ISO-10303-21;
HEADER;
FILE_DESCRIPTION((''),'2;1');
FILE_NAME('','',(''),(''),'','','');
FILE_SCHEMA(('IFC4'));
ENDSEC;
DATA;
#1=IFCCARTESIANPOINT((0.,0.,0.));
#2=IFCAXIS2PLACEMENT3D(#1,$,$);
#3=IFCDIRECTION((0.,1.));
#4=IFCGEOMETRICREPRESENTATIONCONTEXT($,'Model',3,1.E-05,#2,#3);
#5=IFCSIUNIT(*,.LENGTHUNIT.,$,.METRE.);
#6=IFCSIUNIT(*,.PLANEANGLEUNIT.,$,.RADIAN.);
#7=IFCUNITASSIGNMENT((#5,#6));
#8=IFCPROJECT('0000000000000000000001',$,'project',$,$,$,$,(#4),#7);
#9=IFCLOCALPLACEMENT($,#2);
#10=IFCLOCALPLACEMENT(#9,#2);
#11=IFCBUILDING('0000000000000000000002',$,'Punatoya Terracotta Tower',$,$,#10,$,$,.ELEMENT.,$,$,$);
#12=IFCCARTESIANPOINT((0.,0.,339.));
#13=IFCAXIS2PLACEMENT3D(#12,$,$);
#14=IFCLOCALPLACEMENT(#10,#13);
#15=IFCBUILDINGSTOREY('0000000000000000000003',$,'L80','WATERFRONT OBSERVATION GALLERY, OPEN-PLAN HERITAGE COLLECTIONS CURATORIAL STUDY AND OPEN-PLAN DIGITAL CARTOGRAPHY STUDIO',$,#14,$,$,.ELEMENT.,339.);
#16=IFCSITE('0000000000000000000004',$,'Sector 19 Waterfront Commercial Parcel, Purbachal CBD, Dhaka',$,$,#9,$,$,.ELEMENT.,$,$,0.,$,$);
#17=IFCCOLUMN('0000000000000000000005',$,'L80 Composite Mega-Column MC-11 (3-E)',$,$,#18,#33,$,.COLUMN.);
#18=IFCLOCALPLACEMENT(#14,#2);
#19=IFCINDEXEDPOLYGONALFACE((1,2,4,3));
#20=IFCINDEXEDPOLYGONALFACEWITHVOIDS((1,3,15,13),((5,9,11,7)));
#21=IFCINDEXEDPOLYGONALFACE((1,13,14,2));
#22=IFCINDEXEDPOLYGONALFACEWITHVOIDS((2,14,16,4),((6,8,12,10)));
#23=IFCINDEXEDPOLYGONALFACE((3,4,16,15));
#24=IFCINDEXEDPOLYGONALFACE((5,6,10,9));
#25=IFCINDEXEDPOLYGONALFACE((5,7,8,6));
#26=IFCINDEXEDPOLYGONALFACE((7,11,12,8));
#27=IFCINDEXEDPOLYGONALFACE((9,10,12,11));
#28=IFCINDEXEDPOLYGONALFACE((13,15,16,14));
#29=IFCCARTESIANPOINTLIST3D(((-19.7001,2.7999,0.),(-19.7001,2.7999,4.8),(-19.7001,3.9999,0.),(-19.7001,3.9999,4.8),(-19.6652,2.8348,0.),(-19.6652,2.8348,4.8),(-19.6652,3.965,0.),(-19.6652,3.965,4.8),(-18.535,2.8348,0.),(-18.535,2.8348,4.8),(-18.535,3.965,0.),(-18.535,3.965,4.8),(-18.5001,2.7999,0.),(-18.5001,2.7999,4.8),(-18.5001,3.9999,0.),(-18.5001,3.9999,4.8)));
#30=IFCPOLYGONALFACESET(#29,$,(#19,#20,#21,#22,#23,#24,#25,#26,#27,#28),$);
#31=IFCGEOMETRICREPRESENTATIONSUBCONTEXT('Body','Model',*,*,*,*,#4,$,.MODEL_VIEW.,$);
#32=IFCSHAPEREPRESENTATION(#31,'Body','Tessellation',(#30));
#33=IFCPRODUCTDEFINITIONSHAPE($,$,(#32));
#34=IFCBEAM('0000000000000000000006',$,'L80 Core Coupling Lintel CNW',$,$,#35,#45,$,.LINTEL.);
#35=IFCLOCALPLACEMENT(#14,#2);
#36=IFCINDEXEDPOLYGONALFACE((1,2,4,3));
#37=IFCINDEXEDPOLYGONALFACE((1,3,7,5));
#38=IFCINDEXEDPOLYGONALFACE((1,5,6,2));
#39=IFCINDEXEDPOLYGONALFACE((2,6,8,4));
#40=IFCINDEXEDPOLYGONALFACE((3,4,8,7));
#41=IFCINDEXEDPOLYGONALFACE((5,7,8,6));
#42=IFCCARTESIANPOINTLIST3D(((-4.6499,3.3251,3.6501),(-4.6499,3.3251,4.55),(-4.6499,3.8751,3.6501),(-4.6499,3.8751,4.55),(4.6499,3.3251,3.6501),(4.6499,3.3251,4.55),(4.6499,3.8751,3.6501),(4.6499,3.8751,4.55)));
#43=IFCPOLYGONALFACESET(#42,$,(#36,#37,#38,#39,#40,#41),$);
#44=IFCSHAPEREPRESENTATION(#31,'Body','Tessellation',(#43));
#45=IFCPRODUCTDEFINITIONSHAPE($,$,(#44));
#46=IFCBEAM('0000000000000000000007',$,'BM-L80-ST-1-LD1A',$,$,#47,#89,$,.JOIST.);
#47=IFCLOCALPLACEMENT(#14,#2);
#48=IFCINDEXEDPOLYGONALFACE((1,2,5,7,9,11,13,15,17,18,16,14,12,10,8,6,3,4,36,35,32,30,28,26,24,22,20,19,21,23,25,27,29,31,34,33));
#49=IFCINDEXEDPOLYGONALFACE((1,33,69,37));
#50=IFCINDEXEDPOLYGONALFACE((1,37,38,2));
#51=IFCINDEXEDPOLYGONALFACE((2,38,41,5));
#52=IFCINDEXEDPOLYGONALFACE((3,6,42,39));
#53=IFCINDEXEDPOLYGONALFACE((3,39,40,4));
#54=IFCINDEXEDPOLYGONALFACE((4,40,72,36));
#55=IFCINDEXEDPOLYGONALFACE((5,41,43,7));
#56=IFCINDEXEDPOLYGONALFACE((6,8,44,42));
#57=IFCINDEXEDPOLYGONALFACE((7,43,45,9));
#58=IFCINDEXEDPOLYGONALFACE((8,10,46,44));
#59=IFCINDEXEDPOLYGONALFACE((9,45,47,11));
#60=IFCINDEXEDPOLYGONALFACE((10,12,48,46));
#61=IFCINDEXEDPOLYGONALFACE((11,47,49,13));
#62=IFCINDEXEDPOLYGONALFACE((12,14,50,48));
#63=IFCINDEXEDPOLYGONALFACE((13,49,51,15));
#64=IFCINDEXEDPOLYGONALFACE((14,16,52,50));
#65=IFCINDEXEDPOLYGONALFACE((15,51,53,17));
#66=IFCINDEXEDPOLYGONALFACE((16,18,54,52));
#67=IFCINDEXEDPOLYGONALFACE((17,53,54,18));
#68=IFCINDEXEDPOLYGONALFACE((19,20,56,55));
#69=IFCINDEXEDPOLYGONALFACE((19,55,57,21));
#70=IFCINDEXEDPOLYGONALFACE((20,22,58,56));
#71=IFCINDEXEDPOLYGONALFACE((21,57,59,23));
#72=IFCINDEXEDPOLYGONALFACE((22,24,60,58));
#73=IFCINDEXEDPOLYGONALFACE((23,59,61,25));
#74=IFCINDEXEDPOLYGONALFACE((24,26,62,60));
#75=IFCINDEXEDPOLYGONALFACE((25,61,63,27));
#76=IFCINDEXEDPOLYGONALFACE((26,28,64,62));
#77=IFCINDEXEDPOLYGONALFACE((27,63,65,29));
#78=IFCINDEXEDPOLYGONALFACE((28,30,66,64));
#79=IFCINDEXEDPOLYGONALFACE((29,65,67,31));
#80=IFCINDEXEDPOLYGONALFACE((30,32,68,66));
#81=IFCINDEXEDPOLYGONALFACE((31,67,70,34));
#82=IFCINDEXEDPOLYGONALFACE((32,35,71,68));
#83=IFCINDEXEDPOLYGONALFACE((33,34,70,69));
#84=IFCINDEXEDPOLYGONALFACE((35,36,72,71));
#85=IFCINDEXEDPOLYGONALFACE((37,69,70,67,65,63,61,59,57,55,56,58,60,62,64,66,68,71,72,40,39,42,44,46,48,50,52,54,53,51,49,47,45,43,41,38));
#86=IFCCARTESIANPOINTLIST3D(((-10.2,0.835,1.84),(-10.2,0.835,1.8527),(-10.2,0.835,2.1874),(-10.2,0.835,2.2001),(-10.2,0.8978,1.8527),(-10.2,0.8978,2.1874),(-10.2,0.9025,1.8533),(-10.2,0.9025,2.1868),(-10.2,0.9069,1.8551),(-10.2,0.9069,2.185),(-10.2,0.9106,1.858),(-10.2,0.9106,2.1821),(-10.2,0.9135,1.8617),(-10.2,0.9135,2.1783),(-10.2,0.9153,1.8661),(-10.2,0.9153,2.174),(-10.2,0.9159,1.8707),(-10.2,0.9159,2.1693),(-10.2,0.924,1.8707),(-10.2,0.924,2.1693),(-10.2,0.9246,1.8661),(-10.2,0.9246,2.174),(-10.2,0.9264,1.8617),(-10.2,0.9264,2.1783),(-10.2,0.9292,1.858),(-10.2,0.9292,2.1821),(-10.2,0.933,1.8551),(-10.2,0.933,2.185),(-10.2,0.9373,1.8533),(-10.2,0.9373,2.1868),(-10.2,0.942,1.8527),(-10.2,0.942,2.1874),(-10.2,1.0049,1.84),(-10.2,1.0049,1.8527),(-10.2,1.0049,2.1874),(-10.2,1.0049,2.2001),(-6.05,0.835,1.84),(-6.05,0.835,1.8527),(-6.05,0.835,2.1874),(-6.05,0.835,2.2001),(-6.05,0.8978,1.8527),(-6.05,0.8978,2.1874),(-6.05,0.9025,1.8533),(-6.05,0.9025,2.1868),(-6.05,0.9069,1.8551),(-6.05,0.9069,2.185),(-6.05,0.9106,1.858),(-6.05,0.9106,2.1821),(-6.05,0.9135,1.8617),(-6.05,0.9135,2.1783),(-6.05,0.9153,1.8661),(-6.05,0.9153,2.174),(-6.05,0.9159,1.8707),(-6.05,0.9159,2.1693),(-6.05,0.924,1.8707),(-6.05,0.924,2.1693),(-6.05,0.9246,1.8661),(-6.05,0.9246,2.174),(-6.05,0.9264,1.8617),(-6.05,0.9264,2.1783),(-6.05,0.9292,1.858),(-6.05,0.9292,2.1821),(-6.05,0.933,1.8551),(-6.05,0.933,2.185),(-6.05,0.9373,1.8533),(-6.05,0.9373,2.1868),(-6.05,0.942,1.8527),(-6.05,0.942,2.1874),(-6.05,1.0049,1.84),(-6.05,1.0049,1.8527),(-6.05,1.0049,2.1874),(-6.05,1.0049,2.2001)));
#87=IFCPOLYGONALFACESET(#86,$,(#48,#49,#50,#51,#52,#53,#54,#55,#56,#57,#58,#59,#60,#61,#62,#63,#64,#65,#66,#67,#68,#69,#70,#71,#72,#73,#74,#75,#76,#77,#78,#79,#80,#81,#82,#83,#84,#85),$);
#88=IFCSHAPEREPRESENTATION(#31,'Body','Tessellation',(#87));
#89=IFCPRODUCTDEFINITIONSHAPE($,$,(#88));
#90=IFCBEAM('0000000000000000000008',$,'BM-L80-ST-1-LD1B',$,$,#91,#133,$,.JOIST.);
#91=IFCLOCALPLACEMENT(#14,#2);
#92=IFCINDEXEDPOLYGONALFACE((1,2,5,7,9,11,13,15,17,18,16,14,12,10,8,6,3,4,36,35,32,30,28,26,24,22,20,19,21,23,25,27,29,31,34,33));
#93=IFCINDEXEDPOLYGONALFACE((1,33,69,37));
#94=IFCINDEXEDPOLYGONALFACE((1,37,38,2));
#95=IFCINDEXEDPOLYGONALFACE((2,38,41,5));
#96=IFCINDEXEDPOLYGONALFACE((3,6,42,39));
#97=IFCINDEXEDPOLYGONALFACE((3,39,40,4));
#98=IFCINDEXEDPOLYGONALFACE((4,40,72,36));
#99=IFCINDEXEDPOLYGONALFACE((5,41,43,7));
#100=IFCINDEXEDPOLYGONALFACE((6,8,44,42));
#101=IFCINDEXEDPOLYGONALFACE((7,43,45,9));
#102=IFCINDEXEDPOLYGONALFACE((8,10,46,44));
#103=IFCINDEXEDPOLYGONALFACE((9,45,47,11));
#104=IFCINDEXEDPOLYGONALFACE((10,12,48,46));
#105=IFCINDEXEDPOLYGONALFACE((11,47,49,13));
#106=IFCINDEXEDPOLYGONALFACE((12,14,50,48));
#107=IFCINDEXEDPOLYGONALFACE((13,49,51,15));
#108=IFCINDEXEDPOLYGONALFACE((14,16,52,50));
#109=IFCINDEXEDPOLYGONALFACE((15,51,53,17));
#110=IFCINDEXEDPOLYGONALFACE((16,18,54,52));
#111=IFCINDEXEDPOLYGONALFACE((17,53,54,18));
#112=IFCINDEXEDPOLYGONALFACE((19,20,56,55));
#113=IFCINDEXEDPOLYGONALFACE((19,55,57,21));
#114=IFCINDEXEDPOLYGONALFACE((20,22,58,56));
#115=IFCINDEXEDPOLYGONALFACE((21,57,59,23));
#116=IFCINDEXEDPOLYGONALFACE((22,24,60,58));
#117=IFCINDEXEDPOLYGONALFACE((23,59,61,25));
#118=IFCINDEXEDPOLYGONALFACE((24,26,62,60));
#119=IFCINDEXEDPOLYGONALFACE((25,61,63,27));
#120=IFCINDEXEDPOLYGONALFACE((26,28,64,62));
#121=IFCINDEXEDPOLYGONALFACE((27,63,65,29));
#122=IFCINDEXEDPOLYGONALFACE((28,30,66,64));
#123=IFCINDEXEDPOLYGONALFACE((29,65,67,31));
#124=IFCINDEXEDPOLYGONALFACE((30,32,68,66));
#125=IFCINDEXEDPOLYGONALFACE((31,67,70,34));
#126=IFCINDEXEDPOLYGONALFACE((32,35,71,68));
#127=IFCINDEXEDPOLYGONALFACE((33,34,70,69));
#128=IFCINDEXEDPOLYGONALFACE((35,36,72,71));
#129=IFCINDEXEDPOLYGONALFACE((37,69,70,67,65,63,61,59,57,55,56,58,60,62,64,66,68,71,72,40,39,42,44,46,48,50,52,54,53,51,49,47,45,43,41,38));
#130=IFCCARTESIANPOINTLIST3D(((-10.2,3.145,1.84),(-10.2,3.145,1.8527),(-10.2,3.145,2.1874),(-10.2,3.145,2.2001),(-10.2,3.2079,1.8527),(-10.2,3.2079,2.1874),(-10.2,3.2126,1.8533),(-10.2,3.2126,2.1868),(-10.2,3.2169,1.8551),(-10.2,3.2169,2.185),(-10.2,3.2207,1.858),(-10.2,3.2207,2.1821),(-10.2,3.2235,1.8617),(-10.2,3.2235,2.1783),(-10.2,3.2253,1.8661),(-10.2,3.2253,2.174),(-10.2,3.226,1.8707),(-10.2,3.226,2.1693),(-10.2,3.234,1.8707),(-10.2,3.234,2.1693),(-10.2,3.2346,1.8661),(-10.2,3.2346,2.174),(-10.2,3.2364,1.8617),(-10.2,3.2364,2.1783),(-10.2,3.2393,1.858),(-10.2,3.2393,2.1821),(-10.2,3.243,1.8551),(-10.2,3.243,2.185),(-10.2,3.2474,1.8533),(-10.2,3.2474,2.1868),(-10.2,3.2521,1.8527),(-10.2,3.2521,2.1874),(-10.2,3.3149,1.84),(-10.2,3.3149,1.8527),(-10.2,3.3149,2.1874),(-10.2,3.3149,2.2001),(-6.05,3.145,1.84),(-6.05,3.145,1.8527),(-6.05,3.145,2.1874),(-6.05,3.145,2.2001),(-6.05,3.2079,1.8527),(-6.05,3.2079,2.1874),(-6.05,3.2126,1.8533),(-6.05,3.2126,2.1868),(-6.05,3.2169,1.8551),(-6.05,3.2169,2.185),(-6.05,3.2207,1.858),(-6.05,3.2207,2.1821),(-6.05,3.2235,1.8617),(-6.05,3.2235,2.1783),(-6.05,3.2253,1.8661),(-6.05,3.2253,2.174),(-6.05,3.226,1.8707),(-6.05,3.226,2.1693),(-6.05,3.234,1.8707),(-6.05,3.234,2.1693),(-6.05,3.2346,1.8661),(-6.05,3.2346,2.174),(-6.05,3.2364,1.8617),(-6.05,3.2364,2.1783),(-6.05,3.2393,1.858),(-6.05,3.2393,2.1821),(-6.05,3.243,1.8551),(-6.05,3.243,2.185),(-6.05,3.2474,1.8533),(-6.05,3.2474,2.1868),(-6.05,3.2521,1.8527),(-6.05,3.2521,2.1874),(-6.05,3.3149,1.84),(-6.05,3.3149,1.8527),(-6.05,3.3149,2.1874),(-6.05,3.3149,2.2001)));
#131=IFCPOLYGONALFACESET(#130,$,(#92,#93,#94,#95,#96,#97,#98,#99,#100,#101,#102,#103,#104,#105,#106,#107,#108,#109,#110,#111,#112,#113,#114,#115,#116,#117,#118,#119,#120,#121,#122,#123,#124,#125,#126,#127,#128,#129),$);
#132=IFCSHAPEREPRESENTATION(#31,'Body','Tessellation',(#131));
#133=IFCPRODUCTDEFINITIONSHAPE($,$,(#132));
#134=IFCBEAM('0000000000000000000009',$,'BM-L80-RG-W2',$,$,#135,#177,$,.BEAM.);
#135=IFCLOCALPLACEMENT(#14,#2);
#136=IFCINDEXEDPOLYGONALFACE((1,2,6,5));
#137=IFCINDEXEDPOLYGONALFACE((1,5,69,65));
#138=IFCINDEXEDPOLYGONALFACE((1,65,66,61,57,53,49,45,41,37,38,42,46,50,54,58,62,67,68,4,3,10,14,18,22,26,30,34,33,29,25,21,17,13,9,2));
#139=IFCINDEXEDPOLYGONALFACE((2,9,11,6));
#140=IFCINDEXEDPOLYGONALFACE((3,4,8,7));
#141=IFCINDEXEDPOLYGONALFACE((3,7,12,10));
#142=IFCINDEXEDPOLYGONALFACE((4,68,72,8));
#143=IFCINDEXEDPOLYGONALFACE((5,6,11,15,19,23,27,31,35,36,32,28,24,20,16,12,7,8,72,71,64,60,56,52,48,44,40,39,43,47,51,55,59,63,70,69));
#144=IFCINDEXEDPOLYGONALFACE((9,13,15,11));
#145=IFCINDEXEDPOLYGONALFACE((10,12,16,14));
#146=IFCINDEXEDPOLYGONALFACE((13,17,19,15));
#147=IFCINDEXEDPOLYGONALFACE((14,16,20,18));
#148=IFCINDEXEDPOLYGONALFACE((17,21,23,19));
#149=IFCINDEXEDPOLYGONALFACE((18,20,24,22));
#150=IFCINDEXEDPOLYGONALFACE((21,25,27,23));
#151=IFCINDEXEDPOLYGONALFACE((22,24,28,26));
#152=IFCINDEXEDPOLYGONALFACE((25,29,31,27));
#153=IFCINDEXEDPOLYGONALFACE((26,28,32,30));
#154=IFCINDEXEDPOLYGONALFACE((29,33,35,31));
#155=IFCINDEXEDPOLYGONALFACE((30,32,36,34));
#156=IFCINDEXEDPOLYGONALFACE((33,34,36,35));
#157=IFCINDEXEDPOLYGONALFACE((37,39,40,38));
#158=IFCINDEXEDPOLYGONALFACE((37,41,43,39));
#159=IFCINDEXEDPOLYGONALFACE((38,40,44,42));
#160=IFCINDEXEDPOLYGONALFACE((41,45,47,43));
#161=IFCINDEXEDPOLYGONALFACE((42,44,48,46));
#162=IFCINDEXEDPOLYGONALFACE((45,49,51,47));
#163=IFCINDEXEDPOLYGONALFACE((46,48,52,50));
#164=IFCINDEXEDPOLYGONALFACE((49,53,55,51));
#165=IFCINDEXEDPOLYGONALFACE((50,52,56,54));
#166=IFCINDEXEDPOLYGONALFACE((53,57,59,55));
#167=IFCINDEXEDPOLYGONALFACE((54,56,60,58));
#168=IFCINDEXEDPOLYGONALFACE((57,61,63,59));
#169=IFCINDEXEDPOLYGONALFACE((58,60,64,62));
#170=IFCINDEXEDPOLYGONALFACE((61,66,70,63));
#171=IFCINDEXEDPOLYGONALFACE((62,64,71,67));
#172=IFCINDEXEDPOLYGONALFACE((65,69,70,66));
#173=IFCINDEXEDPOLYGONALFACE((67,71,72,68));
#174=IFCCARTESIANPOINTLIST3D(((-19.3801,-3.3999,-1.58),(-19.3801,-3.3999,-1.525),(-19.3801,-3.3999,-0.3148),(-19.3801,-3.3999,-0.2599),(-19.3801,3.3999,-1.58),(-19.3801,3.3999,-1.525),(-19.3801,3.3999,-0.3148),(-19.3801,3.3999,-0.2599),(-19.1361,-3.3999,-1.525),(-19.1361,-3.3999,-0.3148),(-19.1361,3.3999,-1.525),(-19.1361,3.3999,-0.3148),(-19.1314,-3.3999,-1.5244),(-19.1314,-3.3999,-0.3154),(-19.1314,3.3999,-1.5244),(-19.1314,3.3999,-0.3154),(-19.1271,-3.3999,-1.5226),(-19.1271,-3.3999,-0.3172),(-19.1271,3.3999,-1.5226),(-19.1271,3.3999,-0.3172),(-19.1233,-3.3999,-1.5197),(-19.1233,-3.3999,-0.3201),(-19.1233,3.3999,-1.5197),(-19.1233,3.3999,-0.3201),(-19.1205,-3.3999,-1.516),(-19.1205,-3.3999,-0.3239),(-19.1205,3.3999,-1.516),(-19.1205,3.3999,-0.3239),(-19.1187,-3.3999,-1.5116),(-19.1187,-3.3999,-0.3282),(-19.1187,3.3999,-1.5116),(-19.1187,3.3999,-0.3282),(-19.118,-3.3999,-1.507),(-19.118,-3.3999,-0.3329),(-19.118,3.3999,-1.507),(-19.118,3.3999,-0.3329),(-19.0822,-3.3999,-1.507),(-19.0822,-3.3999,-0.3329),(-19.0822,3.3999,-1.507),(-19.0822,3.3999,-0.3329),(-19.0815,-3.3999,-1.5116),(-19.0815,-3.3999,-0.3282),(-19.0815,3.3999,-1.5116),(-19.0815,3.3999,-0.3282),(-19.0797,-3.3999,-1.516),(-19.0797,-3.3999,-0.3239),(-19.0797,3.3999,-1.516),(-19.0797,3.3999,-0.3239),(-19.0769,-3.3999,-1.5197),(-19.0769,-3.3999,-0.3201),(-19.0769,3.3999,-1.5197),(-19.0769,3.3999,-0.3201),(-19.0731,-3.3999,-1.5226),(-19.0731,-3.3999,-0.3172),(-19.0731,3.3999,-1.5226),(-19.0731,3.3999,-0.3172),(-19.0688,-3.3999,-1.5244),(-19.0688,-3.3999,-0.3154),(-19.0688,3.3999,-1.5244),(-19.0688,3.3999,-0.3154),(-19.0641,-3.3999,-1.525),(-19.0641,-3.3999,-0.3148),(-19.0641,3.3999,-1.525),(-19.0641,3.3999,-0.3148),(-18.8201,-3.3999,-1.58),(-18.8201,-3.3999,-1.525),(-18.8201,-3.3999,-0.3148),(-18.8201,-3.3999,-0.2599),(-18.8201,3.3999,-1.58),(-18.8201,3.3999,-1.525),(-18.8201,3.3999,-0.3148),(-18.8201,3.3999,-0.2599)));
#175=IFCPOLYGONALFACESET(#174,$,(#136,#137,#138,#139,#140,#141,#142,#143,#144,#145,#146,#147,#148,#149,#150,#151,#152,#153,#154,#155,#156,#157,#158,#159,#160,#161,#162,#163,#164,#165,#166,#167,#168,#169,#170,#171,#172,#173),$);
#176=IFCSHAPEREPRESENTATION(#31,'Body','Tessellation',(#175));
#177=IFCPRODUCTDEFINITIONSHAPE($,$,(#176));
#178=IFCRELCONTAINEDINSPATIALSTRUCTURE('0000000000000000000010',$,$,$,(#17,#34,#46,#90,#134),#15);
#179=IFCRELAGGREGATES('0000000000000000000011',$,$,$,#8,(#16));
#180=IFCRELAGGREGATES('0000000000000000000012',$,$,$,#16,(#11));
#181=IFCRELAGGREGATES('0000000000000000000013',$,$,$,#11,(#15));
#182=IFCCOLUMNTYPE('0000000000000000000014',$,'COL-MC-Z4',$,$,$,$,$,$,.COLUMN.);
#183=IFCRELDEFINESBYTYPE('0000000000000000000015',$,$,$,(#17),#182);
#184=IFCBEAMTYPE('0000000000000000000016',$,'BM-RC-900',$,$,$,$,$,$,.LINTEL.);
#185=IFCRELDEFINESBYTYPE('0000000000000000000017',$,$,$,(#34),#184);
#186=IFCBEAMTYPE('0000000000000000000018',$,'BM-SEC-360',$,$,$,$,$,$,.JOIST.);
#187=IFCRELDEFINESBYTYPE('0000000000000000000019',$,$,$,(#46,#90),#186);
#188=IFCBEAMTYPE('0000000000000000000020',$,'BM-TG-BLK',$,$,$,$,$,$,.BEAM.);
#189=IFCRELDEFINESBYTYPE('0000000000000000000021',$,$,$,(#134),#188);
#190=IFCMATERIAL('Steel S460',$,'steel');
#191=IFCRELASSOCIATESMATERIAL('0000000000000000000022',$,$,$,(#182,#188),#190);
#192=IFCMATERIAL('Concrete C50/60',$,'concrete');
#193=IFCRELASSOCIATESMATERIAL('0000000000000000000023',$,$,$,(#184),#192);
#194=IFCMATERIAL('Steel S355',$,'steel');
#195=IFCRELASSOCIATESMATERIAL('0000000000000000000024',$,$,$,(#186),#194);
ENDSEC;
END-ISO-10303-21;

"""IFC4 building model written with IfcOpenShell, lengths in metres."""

from ifc_helpers import new_model, si_unit, direction, frame, origin, origin_2d, place, context, subcontext, project, spatial, rectangle, hollow_rectangle, i_section, extrude, material, material_profile, profile_set, type_object, element, save


model = new_model("IFC4")

# Units and contexts
model_context = context("Model", 3, precision=1e-05, world=origin(), true_north=direction((0.0, 1.0)))
body_context = subcontext(model_context, "Body", "Model", "MODEL_VIEW")
ifc_project = project(units=[si_unit("LENGTHUNIT", "METRE"), si_unit("PLANEANGLEUNIT", "RADIAN")], contexts=[model_context])

# Site, building, storey
site_placement = place(None, origin())
site = spatial("IfcSite", under=ifc_project, at=site_placement, Name="Sector 19 Waterfront Commercial Parcel, Purbachal CBD, Dhaka", CompositionType="ELEMENT", RefElevation=0.0)
building_placement = place(site_placement, origin())
building = spatial("IfcBuilding", under=site, at=building_placement, Name="Punatoya Terracotta Tower", CompositionType="ELEMENT")
storey_placement = place(building_placement, frame((0.0, 0.0, 339.0)))
storey = spatial("IfcBuildingStorey", under=building, at=storey_placement, Name="L80", Description="WATERFRONT OBSERVATION GALLERY, OPEN-PLAN HERITAGE COLLECTIONS CURATORIAL STUDY AND OPEN-PLAN DIGITAL CARTOGRAPHY STUDIO", CompositionType="ELEMENT", Elevation=339.0)

# Column
ifc_material_1 = material(Name="Steel S460", Category="steel")
ifc_material_profile_1 = material_profile(ifc_material_1, hollow_rectangle(XDim=1.2, YDim=1.2, WallThickness=0.0349, at=origin_2d()))
ifc_profile_set_1 = profile_set([ifc_material_profile_1], Name="Steel S460")
column_type = type_object("IfcColumnType", Name="COL-MC-Z4", PredefinedType="COLUMN", material=ifc_profile_set_1)
column_placement = place(storey_placement, frame((-19.1001, 3.3999, 0.0), z_axis=(0.0, 0.0, 1.0), x_axis=(1.0, 0.0, 0.0)))
element("IfcColumn", 1, at=column_placement, inside=storey, type_object=column_type, Name="L80 Composite Mega-Column MC-11 (3-E)", PredefinedType="COLUMN", context=body_context, shape_type="SweptSolid", body=[
    extrude(hollow_rectangle(XDim=1.2, YDim=1.2, WallThickness=0.0349, at=origin_2d()), origin(), (0.0, 0.0, 1.0), 4.8),
])

# Beams
ifc_material_2 = material(Name="Concrete C50/60", Category="concrete")
ifc_material_profile_2 = material_profile(ifc_material_2, rectangle(XDim=0.55, YDim=0.8999, at=origin_2d()))
ifc_profile_set_2 = profile_set([ifc_material_profile_2], Name="Concrete C50/60")
beam_type_1 = type_object("IfcBeamType", Name="BM-RC-900", PredefinedType="LINTEL", material=ifc_profile_set_2)
beam_1_placement = place(storey_placement, frame((-4.6499, 3.6001, 4.1001), z_axis=(1.0, 0.0, 0.0), x_axis=(0.0, 1.0, 0.0)))
element("IfcBeam", 2, at=beam_1_placement, inside=storey, type_object=beam_type_1, Name="L80 Core Coupling Lintel CNW", PredefinedType="LINTEL", context=body_context, shape_type="SweptSolid", body=[
    extrude(rectangle(XDim=0.55, YDim=0.8999, at=origin_2d()), origin(), (0.0, 0.0, 1.0), 9.2998),
])
ifc_material_3 = material(Name="Steel S355", Category="steel")
ifc_material_profile_3 = material_profile(ifc_material_3, i_section(OverallWidth=0.1699, OverallDepth=0.3601, WebThickness=0.0081, FlangeThickness=0.0127, FilletRadius=0.0181, at=origin_2d()))
ifc_profile_set_3 = profile_set([ifc_material_profile_3], Name="Steel S355")
beam_type_2 = type_object("IfcBeamType", Name="BM-SEC-360", PredefinedType="JOIST", material=ifc_profile_set_3)
for number, where, z_axis, x_axis, name in (
    (3, (-10.2, 0.9199, 2.02), (1.0, 0.0, 0.0), (0.0, 1.0, 0.0), "BM-L80-ST-1-LD1A"),
    (4, (-10.2, 3.23, 2.02), (1.0, 0.0, 0.0), (0.0, 1.0, 0.0), "BM-L80-ST-1-LD1B"),
):
    element("IfcBeam", number, at=place(storey_placement, frame(where, z_axis=z_axis, x_axis=x_axis)), inside=storey, type_object=beam_type_2, Name=name, PredefinedType="JOIST", context=body_context, shape_type="SweptSolid", body=[
        extrude(i_section(OverallWidth=0.1699, OverallDepth=0.3601, WebThickness=0.0081, FlangeThickness=0.0127, FilletRadius=0.0181, at=origin_2d()), origin(), (0.0, 0.0, 1.0), 4.1499),
    ])
ifc_material_profile_4 = material_profile(ifc_material_1, i_section(OverallWidth=0.5601, OverallDepth=1.3201, WebThickness=0.0359, FlangeThickness=0.0549, FilletRadius=0.0181, at=origin_2d()))
ifc_profile_set_4 = profile_set([ifc_material_profile_4], Name="Steel S460")
beam_type_3 = type_object("IfcBeamType", Name="BM-TG-BLK", PredefinedType="BEAM", material=ifc_profile_set_4)
beam_2_placement = place(storey_placement, frame((-19.1001, -3.3999, -0.9199), z_axis=(0.0, 1.0, 0.0), x_axis=(-1.0, 0.0, 0.0)))
element("IfcBeam", 5, at=beam_2_placement, inside=storey, type_object=beam_type_3, Name="BM-L80-RG-W2", PredefinedType="BEAM", context=body_context, shape_type="SweptSolid", body=[
    extrude(i_section(OverallWidth=0.5601, OverallDepth=1.3201, WebThickness=0.0359, FlangeThickness=0.0549, FilletRadius=0.0181, at=origin_2d()), origin(), (0.0, 0.0, 1.0), 6.7998),
])

save(model, "model.ifc")
